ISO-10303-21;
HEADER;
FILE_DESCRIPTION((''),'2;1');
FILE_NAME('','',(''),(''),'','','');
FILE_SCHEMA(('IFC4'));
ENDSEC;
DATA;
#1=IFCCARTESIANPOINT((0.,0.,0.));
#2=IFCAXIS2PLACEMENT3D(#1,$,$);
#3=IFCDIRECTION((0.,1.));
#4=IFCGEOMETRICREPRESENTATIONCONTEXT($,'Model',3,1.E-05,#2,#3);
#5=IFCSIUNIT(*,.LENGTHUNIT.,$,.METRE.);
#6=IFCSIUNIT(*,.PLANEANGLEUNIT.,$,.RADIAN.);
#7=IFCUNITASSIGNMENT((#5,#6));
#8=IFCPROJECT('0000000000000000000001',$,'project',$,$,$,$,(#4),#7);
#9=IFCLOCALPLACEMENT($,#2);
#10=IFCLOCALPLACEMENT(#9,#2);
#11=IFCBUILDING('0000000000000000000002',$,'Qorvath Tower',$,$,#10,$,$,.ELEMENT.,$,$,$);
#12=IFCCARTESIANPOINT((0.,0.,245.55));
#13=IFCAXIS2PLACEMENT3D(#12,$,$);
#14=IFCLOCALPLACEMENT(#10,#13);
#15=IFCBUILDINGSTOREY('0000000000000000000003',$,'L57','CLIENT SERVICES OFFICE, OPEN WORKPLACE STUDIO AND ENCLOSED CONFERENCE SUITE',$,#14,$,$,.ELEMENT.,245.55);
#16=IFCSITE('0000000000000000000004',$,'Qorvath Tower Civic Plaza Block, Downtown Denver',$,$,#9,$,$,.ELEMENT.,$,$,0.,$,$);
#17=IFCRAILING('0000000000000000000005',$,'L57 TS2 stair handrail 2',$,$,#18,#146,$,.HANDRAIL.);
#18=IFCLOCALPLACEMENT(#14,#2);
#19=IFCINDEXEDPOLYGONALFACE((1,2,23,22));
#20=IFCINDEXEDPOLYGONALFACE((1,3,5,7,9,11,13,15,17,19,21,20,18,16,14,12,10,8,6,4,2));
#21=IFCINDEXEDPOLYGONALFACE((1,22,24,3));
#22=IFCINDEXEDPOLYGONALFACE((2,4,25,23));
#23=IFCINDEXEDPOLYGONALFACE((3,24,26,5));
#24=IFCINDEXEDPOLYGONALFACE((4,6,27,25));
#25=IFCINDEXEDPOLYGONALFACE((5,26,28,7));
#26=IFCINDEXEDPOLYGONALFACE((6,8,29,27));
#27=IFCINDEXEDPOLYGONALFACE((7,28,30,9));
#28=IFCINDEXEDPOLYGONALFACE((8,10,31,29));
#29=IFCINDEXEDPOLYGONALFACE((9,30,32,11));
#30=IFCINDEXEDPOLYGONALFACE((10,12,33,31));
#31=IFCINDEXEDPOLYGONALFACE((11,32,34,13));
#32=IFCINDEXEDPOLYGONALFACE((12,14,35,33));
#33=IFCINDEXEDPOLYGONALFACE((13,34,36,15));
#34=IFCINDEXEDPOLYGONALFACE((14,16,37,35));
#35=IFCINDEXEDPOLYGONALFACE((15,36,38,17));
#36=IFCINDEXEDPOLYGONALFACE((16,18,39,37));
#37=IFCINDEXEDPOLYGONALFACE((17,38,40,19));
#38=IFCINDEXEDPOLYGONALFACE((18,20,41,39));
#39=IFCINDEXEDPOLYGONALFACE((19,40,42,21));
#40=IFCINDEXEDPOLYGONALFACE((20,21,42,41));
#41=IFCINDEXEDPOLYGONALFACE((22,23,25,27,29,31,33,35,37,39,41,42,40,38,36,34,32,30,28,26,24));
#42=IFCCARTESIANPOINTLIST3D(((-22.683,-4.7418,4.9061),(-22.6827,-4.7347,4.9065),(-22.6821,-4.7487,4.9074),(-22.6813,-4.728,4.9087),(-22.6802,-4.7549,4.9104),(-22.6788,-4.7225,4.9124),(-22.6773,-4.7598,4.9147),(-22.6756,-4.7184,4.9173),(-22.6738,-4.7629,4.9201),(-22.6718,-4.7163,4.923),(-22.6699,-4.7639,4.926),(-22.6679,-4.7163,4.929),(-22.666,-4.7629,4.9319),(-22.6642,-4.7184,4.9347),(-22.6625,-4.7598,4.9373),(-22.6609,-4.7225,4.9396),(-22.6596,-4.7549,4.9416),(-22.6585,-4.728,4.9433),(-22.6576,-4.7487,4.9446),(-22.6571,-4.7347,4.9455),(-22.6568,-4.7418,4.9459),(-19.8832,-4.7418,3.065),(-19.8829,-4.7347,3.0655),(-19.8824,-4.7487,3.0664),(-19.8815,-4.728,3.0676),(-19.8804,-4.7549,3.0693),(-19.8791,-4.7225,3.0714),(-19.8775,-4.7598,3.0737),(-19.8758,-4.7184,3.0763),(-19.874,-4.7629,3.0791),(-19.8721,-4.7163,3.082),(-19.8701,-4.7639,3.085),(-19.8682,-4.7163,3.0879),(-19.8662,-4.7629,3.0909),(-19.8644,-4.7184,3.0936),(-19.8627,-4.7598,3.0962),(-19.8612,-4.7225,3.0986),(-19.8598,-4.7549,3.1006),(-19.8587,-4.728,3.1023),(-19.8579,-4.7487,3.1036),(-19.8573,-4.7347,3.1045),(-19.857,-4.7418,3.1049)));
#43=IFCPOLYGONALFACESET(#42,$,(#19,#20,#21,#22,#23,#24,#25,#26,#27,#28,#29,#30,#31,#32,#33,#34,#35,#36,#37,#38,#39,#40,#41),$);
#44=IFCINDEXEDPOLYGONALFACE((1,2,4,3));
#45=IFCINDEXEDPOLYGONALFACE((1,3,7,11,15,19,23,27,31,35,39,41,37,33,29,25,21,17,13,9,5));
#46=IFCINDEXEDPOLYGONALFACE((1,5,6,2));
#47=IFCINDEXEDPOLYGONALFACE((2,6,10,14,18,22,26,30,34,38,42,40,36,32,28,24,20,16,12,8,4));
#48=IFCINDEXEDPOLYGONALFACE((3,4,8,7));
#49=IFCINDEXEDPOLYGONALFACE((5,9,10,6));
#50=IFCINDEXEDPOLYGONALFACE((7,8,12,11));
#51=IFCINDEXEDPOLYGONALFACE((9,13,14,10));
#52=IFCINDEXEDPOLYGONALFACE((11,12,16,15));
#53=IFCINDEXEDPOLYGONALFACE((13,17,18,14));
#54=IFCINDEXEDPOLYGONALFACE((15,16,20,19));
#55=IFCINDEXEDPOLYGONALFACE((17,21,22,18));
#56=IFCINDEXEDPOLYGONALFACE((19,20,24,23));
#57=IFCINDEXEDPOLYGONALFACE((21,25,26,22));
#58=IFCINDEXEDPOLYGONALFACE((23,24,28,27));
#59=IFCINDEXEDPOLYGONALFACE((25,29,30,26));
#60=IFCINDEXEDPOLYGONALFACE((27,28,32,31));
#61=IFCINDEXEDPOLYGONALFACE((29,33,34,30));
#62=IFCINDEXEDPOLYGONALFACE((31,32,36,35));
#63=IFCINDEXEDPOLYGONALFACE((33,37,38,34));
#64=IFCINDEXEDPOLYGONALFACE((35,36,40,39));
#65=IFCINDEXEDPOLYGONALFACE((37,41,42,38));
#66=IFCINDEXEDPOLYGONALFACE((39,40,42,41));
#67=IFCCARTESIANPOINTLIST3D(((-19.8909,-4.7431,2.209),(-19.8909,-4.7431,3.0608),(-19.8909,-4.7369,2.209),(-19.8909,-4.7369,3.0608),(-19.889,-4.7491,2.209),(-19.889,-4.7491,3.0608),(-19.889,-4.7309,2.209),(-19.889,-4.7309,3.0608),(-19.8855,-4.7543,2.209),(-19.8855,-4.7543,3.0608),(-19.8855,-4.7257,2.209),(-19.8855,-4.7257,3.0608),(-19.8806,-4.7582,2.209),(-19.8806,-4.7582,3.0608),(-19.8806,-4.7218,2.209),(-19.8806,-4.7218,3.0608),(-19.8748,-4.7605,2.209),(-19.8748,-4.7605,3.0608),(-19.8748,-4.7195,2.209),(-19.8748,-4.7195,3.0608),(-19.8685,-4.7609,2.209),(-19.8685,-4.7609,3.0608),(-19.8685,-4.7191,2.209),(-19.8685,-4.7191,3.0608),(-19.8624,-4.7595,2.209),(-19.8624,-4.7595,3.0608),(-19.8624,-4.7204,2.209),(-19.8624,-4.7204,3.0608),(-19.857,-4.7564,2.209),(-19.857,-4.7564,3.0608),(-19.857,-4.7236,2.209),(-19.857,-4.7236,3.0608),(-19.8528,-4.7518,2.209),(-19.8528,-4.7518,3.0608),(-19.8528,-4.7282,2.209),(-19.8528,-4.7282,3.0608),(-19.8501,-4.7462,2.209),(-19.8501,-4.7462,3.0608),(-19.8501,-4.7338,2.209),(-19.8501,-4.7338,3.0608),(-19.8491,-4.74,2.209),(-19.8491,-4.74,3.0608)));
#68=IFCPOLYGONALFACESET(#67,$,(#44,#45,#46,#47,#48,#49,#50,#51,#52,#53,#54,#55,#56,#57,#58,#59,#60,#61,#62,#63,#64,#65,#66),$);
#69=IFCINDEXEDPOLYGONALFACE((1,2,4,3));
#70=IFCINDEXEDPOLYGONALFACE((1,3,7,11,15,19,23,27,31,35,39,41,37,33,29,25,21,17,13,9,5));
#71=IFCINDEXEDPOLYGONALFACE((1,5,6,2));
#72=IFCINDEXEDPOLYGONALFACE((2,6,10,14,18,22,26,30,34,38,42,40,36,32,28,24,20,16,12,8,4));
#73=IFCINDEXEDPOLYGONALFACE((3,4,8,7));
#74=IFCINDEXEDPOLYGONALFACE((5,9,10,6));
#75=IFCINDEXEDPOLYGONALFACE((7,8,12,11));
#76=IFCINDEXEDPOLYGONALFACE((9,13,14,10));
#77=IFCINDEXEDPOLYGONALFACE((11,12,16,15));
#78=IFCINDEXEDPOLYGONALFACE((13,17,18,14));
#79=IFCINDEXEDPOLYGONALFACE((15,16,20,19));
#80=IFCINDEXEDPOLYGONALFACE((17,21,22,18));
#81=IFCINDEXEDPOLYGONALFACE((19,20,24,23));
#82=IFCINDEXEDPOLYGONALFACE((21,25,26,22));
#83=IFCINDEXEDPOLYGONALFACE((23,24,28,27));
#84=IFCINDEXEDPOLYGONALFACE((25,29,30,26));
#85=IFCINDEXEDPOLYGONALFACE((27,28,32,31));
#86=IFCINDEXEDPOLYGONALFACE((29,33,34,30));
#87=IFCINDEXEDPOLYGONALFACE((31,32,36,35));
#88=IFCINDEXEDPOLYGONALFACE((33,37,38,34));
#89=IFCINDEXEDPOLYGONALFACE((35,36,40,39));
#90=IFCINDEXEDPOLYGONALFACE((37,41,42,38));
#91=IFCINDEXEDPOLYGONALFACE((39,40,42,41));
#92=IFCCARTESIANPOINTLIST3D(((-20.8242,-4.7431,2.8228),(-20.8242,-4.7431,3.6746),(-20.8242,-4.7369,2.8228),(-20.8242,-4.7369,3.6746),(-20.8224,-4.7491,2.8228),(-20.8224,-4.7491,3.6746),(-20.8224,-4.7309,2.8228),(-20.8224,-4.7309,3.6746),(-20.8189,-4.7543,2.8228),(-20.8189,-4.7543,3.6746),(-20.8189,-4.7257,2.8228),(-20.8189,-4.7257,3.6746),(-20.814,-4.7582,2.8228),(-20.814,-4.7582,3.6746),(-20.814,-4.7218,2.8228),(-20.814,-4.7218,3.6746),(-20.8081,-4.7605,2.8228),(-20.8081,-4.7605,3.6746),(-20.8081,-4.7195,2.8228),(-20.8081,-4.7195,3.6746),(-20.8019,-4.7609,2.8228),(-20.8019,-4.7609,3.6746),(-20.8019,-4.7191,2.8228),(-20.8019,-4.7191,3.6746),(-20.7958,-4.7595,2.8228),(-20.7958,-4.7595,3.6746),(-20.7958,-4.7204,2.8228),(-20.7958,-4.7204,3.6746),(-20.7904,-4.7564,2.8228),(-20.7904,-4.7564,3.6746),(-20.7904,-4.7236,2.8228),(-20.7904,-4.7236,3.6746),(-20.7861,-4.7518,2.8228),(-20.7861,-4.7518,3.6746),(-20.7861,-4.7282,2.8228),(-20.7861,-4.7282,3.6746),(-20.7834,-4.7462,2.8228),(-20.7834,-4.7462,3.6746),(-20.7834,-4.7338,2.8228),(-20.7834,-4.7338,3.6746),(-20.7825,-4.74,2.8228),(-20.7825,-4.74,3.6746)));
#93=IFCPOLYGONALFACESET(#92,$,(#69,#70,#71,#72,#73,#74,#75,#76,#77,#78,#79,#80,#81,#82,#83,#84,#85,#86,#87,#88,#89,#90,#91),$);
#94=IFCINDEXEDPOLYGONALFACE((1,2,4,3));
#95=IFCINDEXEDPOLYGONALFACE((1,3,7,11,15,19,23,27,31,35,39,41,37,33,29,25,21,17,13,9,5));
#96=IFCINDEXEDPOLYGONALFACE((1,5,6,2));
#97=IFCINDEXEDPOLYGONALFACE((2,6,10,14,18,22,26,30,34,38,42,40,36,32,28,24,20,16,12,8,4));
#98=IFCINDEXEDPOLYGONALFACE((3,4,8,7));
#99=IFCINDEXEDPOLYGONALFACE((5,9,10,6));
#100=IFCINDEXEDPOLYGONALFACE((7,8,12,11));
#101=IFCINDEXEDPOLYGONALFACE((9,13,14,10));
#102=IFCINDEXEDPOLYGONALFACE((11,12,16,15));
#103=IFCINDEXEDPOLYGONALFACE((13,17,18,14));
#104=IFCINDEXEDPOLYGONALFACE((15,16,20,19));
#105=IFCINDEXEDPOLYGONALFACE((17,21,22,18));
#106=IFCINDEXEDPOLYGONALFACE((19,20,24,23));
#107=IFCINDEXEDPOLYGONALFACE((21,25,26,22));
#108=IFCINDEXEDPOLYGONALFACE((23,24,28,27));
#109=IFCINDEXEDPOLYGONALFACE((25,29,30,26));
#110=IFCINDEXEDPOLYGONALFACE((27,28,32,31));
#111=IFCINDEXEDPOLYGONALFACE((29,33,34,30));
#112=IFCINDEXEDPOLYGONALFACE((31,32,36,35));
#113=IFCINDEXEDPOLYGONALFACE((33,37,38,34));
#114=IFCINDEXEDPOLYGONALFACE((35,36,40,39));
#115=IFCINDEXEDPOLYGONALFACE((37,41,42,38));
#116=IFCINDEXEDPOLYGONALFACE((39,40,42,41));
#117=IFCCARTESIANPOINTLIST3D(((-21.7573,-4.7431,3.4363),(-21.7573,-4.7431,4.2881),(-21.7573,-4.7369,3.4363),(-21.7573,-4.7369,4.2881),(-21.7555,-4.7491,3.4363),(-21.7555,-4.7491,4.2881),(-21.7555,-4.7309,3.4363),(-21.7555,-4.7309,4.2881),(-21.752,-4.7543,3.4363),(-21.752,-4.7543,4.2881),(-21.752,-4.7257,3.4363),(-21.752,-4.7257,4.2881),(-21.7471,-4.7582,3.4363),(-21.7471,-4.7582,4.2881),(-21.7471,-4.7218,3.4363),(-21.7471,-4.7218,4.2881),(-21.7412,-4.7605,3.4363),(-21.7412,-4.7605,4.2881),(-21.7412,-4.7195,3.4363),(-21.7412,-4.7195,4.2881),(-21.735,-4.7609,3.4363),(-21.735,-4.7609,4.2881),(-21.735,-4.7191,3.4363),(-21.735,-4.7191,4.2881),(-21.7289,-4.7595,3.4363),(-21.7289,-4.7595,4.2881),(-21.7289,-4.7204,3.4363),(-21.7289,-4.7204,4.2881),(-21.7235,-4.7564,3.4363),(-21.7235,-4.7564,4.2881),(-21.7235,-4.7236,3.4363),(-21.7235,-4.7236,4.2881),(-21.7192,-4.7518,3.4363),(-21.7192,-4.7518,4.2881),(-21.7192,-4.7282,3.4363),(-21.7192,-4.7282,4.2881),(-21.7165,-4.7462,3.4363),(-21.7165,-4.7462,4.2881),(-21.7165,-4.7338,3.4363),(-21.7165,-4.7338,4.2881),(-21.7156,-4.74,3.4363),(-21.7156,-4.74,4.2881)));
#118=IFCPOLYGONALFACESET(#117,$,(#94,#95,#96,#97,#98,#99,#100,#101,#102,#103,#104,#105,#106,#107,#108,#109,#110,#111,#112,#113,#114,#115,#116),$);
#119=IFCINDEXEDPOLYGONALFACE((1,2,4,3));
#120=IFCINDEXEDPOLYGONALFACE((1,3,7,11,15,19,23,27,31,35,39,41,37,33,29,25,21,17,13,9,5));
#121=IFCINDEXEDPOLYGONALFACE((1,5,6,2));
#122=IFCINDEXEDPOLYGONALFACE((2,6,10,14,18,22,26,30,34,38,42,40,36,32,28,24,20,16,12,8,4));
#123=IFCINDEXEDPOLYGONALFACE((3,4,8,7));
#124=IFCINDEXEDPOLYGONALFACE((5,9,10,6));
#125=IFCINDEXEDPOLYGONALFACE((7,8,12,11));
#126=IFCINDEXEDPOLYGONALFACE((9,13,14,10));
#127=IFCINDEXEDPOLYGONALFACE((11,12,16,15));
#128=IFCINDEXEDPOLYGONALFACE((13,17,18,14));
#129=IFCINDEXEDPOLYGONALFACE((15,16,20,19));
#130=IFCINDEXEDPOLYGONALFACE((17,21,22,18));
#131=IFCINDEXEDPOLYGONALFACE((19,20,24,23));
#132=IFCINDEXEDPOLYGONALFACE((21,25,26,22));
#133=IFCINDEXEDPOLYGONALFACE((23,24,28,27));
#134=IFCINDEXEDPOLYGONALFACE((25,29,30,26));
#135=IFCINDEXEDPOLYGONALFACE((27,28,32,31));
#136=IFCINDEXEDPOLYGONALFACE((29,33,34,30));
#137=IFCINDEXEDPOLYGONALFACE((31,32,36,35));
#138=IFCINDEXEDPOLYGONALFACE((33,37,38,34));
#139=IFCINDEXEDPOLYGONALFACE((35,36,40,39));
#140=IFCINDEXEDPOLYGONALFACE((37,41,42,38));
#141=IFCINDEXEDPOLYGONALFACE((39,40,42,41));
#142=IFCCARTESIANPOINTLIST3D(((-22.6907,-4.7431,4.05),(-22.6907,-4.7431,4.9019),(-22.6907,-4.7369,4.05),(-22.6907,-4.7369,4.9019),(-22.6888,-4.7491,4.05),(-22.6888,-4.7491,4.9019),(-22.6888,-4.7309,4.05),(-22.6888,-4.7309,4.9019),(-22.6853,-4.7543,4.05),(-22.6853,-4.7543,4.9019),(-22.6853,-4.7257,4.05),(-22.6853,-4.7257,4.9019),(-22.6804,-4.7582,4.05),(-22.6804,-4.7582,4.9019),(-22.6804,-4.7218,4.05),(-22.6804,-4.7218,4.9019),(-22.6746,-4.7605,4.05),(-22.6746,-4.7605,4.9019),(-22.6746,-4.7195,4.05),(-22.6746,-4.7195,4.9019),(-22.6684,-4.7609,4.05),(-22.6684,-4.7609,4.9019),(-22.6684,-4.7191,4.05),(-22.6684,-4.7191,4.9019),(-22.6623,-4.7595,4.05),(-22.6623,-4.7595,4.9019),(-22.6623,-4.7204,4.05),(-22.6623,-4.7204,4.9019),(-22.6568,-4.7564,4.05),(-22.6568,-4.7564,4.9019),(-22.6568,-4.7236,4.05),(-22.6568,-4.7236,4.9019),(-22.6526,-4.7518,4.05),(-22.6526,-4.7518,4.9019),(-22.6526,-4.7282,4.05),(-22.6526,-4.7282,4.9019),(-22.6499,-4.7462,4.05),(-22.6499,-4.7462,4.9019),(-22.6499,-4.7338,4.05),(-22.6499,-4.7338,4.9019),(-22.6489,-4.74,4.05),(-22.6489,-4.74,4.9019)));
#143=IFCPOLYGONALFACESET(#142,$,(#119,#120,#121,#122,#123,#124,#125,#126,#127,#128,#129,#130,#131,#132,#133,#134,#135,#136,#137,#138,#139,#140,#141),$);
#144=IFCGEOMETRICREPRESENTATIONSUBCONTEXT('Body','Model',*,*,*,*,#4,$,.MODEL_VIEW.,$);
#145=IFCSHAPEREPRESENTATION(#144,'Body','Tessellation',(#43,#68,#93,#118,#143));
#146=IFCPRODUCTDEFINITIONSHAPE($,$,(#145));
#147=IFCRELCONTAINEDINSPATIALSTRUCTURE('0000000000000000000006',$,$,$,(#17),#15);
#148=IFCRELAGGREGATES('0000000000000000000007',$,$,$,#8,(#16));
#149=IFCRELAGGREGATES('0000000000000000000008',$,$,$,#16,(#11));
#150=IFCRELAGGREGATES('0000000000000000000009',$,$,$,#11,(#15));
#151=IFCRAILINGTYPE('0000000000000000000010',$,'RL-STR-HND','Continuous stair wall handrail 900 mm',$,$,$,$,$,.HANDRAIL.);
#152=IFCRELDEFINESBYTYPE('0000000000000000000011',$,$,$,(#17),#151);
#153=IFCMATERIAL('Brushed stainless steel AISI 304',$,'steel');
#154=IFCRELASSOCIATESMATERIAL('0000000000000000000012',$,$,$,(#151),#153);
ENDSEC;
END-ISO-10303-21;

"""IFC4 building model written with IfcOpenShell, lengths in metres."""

from ifc_helpers import new_model, si_unit, direction, frame, origin, origin_2d, place, context, subcontext, project, spatial, circle, extrude, material, type_object, element, save


model = new_model("IFC4")

# Units and contexts
model_context = context("Model", 3, precision=1e-05, world=origin(), true_north=direction((0.0, 1.0)))
body_context = subcontext(model_context, "Body", "Model", "MODEL_VIEW")
ifc_project = project(units=[si_unit("LENGTHUNIT", "METRE"), si_unit("PLANEANGLEUNIT", "RADIAN")], contexts=[model_context])

# Site, building, storey
site_placement = place(None, origin())
site = spatial("IfcSite", under=ifc_project, at=site_placement, Name="Qorvath Tower Civic Plaza Block, Downtown Denver", CompositionType="ELEMENT", RefElevation=0.0)
building_placement = place(site_placement, origin())
building = spatial("IfcBuilding", under=site, at=building_placement, Name="Qorvath Tower", CompositionType="ELEMENT")
storey_placement = place(building_placement, frame((0.0, 0.0, 245.55)))
storey = spatial("IfcBuildingStorey", under=building, at=storey_placement, Name="L57", Description="CLIENT SERVICES OFFICE, OPEN WORKPLACE STUDIO AND ENCLOSED CONFERENCE SUITE", CompositionType="ELEMENT", Elevation=245.55)

# Railing
ifc_material_1 = material(Name="Brushed stainless steel AISI 304", Category="steel")
railing_type_1 = type_object("IfcRailingType", Name="RL-STR-HND", Description="Continuous stair wall handrail 900 mm", PredefinedType="HANDRAIL", material=ifc_material_1)
railing_1_placement = place(storey_placement, frame((-19.8701, -4.74, 2.209)))
element("IfcRailing", 1, at=railing_1_placement, inside=storey, type_object=railing_type_1, Name="L57 TS2 stair handrail 2", PredefinedType="HANDRAIL", context=body_context, shape_type="SweptSolid", body=[
    extrude(circle(Radius=0.0239, at=origin_2d()), frame((0.0, 0.0, 0.876), z_axis=(-0.835542, 0.0, 0.549426), x_axis=(0.0, -1.0, 0.0)), (0.0, 0.0, 1.0), 3.3508),
    extrude(circle(Radius=0.021, at=origin_2d()), origin(), (0.0, 0.0, 1.0), 0.8518),
    extrude(circle(Radius=0.021, at=origin_2d()), frame((-0.9333, 0.0, 0.6138)), (0.0, 0.0, 1.0), 0.8518),
    extrude(circle(Radius=0.021, at=origin_2d()), frame((-1.8665, 0.0, 1.2273)), (0.0, 0.0, 1.0), 0.8518),
    extrude(circle(Radius=0.021, at=origin_2d()), frame((-2.7998, 0.0, 1.8411)), (0.0, 0.0, 1.0), 0.8518),
])

save(model, "model.ifc")
